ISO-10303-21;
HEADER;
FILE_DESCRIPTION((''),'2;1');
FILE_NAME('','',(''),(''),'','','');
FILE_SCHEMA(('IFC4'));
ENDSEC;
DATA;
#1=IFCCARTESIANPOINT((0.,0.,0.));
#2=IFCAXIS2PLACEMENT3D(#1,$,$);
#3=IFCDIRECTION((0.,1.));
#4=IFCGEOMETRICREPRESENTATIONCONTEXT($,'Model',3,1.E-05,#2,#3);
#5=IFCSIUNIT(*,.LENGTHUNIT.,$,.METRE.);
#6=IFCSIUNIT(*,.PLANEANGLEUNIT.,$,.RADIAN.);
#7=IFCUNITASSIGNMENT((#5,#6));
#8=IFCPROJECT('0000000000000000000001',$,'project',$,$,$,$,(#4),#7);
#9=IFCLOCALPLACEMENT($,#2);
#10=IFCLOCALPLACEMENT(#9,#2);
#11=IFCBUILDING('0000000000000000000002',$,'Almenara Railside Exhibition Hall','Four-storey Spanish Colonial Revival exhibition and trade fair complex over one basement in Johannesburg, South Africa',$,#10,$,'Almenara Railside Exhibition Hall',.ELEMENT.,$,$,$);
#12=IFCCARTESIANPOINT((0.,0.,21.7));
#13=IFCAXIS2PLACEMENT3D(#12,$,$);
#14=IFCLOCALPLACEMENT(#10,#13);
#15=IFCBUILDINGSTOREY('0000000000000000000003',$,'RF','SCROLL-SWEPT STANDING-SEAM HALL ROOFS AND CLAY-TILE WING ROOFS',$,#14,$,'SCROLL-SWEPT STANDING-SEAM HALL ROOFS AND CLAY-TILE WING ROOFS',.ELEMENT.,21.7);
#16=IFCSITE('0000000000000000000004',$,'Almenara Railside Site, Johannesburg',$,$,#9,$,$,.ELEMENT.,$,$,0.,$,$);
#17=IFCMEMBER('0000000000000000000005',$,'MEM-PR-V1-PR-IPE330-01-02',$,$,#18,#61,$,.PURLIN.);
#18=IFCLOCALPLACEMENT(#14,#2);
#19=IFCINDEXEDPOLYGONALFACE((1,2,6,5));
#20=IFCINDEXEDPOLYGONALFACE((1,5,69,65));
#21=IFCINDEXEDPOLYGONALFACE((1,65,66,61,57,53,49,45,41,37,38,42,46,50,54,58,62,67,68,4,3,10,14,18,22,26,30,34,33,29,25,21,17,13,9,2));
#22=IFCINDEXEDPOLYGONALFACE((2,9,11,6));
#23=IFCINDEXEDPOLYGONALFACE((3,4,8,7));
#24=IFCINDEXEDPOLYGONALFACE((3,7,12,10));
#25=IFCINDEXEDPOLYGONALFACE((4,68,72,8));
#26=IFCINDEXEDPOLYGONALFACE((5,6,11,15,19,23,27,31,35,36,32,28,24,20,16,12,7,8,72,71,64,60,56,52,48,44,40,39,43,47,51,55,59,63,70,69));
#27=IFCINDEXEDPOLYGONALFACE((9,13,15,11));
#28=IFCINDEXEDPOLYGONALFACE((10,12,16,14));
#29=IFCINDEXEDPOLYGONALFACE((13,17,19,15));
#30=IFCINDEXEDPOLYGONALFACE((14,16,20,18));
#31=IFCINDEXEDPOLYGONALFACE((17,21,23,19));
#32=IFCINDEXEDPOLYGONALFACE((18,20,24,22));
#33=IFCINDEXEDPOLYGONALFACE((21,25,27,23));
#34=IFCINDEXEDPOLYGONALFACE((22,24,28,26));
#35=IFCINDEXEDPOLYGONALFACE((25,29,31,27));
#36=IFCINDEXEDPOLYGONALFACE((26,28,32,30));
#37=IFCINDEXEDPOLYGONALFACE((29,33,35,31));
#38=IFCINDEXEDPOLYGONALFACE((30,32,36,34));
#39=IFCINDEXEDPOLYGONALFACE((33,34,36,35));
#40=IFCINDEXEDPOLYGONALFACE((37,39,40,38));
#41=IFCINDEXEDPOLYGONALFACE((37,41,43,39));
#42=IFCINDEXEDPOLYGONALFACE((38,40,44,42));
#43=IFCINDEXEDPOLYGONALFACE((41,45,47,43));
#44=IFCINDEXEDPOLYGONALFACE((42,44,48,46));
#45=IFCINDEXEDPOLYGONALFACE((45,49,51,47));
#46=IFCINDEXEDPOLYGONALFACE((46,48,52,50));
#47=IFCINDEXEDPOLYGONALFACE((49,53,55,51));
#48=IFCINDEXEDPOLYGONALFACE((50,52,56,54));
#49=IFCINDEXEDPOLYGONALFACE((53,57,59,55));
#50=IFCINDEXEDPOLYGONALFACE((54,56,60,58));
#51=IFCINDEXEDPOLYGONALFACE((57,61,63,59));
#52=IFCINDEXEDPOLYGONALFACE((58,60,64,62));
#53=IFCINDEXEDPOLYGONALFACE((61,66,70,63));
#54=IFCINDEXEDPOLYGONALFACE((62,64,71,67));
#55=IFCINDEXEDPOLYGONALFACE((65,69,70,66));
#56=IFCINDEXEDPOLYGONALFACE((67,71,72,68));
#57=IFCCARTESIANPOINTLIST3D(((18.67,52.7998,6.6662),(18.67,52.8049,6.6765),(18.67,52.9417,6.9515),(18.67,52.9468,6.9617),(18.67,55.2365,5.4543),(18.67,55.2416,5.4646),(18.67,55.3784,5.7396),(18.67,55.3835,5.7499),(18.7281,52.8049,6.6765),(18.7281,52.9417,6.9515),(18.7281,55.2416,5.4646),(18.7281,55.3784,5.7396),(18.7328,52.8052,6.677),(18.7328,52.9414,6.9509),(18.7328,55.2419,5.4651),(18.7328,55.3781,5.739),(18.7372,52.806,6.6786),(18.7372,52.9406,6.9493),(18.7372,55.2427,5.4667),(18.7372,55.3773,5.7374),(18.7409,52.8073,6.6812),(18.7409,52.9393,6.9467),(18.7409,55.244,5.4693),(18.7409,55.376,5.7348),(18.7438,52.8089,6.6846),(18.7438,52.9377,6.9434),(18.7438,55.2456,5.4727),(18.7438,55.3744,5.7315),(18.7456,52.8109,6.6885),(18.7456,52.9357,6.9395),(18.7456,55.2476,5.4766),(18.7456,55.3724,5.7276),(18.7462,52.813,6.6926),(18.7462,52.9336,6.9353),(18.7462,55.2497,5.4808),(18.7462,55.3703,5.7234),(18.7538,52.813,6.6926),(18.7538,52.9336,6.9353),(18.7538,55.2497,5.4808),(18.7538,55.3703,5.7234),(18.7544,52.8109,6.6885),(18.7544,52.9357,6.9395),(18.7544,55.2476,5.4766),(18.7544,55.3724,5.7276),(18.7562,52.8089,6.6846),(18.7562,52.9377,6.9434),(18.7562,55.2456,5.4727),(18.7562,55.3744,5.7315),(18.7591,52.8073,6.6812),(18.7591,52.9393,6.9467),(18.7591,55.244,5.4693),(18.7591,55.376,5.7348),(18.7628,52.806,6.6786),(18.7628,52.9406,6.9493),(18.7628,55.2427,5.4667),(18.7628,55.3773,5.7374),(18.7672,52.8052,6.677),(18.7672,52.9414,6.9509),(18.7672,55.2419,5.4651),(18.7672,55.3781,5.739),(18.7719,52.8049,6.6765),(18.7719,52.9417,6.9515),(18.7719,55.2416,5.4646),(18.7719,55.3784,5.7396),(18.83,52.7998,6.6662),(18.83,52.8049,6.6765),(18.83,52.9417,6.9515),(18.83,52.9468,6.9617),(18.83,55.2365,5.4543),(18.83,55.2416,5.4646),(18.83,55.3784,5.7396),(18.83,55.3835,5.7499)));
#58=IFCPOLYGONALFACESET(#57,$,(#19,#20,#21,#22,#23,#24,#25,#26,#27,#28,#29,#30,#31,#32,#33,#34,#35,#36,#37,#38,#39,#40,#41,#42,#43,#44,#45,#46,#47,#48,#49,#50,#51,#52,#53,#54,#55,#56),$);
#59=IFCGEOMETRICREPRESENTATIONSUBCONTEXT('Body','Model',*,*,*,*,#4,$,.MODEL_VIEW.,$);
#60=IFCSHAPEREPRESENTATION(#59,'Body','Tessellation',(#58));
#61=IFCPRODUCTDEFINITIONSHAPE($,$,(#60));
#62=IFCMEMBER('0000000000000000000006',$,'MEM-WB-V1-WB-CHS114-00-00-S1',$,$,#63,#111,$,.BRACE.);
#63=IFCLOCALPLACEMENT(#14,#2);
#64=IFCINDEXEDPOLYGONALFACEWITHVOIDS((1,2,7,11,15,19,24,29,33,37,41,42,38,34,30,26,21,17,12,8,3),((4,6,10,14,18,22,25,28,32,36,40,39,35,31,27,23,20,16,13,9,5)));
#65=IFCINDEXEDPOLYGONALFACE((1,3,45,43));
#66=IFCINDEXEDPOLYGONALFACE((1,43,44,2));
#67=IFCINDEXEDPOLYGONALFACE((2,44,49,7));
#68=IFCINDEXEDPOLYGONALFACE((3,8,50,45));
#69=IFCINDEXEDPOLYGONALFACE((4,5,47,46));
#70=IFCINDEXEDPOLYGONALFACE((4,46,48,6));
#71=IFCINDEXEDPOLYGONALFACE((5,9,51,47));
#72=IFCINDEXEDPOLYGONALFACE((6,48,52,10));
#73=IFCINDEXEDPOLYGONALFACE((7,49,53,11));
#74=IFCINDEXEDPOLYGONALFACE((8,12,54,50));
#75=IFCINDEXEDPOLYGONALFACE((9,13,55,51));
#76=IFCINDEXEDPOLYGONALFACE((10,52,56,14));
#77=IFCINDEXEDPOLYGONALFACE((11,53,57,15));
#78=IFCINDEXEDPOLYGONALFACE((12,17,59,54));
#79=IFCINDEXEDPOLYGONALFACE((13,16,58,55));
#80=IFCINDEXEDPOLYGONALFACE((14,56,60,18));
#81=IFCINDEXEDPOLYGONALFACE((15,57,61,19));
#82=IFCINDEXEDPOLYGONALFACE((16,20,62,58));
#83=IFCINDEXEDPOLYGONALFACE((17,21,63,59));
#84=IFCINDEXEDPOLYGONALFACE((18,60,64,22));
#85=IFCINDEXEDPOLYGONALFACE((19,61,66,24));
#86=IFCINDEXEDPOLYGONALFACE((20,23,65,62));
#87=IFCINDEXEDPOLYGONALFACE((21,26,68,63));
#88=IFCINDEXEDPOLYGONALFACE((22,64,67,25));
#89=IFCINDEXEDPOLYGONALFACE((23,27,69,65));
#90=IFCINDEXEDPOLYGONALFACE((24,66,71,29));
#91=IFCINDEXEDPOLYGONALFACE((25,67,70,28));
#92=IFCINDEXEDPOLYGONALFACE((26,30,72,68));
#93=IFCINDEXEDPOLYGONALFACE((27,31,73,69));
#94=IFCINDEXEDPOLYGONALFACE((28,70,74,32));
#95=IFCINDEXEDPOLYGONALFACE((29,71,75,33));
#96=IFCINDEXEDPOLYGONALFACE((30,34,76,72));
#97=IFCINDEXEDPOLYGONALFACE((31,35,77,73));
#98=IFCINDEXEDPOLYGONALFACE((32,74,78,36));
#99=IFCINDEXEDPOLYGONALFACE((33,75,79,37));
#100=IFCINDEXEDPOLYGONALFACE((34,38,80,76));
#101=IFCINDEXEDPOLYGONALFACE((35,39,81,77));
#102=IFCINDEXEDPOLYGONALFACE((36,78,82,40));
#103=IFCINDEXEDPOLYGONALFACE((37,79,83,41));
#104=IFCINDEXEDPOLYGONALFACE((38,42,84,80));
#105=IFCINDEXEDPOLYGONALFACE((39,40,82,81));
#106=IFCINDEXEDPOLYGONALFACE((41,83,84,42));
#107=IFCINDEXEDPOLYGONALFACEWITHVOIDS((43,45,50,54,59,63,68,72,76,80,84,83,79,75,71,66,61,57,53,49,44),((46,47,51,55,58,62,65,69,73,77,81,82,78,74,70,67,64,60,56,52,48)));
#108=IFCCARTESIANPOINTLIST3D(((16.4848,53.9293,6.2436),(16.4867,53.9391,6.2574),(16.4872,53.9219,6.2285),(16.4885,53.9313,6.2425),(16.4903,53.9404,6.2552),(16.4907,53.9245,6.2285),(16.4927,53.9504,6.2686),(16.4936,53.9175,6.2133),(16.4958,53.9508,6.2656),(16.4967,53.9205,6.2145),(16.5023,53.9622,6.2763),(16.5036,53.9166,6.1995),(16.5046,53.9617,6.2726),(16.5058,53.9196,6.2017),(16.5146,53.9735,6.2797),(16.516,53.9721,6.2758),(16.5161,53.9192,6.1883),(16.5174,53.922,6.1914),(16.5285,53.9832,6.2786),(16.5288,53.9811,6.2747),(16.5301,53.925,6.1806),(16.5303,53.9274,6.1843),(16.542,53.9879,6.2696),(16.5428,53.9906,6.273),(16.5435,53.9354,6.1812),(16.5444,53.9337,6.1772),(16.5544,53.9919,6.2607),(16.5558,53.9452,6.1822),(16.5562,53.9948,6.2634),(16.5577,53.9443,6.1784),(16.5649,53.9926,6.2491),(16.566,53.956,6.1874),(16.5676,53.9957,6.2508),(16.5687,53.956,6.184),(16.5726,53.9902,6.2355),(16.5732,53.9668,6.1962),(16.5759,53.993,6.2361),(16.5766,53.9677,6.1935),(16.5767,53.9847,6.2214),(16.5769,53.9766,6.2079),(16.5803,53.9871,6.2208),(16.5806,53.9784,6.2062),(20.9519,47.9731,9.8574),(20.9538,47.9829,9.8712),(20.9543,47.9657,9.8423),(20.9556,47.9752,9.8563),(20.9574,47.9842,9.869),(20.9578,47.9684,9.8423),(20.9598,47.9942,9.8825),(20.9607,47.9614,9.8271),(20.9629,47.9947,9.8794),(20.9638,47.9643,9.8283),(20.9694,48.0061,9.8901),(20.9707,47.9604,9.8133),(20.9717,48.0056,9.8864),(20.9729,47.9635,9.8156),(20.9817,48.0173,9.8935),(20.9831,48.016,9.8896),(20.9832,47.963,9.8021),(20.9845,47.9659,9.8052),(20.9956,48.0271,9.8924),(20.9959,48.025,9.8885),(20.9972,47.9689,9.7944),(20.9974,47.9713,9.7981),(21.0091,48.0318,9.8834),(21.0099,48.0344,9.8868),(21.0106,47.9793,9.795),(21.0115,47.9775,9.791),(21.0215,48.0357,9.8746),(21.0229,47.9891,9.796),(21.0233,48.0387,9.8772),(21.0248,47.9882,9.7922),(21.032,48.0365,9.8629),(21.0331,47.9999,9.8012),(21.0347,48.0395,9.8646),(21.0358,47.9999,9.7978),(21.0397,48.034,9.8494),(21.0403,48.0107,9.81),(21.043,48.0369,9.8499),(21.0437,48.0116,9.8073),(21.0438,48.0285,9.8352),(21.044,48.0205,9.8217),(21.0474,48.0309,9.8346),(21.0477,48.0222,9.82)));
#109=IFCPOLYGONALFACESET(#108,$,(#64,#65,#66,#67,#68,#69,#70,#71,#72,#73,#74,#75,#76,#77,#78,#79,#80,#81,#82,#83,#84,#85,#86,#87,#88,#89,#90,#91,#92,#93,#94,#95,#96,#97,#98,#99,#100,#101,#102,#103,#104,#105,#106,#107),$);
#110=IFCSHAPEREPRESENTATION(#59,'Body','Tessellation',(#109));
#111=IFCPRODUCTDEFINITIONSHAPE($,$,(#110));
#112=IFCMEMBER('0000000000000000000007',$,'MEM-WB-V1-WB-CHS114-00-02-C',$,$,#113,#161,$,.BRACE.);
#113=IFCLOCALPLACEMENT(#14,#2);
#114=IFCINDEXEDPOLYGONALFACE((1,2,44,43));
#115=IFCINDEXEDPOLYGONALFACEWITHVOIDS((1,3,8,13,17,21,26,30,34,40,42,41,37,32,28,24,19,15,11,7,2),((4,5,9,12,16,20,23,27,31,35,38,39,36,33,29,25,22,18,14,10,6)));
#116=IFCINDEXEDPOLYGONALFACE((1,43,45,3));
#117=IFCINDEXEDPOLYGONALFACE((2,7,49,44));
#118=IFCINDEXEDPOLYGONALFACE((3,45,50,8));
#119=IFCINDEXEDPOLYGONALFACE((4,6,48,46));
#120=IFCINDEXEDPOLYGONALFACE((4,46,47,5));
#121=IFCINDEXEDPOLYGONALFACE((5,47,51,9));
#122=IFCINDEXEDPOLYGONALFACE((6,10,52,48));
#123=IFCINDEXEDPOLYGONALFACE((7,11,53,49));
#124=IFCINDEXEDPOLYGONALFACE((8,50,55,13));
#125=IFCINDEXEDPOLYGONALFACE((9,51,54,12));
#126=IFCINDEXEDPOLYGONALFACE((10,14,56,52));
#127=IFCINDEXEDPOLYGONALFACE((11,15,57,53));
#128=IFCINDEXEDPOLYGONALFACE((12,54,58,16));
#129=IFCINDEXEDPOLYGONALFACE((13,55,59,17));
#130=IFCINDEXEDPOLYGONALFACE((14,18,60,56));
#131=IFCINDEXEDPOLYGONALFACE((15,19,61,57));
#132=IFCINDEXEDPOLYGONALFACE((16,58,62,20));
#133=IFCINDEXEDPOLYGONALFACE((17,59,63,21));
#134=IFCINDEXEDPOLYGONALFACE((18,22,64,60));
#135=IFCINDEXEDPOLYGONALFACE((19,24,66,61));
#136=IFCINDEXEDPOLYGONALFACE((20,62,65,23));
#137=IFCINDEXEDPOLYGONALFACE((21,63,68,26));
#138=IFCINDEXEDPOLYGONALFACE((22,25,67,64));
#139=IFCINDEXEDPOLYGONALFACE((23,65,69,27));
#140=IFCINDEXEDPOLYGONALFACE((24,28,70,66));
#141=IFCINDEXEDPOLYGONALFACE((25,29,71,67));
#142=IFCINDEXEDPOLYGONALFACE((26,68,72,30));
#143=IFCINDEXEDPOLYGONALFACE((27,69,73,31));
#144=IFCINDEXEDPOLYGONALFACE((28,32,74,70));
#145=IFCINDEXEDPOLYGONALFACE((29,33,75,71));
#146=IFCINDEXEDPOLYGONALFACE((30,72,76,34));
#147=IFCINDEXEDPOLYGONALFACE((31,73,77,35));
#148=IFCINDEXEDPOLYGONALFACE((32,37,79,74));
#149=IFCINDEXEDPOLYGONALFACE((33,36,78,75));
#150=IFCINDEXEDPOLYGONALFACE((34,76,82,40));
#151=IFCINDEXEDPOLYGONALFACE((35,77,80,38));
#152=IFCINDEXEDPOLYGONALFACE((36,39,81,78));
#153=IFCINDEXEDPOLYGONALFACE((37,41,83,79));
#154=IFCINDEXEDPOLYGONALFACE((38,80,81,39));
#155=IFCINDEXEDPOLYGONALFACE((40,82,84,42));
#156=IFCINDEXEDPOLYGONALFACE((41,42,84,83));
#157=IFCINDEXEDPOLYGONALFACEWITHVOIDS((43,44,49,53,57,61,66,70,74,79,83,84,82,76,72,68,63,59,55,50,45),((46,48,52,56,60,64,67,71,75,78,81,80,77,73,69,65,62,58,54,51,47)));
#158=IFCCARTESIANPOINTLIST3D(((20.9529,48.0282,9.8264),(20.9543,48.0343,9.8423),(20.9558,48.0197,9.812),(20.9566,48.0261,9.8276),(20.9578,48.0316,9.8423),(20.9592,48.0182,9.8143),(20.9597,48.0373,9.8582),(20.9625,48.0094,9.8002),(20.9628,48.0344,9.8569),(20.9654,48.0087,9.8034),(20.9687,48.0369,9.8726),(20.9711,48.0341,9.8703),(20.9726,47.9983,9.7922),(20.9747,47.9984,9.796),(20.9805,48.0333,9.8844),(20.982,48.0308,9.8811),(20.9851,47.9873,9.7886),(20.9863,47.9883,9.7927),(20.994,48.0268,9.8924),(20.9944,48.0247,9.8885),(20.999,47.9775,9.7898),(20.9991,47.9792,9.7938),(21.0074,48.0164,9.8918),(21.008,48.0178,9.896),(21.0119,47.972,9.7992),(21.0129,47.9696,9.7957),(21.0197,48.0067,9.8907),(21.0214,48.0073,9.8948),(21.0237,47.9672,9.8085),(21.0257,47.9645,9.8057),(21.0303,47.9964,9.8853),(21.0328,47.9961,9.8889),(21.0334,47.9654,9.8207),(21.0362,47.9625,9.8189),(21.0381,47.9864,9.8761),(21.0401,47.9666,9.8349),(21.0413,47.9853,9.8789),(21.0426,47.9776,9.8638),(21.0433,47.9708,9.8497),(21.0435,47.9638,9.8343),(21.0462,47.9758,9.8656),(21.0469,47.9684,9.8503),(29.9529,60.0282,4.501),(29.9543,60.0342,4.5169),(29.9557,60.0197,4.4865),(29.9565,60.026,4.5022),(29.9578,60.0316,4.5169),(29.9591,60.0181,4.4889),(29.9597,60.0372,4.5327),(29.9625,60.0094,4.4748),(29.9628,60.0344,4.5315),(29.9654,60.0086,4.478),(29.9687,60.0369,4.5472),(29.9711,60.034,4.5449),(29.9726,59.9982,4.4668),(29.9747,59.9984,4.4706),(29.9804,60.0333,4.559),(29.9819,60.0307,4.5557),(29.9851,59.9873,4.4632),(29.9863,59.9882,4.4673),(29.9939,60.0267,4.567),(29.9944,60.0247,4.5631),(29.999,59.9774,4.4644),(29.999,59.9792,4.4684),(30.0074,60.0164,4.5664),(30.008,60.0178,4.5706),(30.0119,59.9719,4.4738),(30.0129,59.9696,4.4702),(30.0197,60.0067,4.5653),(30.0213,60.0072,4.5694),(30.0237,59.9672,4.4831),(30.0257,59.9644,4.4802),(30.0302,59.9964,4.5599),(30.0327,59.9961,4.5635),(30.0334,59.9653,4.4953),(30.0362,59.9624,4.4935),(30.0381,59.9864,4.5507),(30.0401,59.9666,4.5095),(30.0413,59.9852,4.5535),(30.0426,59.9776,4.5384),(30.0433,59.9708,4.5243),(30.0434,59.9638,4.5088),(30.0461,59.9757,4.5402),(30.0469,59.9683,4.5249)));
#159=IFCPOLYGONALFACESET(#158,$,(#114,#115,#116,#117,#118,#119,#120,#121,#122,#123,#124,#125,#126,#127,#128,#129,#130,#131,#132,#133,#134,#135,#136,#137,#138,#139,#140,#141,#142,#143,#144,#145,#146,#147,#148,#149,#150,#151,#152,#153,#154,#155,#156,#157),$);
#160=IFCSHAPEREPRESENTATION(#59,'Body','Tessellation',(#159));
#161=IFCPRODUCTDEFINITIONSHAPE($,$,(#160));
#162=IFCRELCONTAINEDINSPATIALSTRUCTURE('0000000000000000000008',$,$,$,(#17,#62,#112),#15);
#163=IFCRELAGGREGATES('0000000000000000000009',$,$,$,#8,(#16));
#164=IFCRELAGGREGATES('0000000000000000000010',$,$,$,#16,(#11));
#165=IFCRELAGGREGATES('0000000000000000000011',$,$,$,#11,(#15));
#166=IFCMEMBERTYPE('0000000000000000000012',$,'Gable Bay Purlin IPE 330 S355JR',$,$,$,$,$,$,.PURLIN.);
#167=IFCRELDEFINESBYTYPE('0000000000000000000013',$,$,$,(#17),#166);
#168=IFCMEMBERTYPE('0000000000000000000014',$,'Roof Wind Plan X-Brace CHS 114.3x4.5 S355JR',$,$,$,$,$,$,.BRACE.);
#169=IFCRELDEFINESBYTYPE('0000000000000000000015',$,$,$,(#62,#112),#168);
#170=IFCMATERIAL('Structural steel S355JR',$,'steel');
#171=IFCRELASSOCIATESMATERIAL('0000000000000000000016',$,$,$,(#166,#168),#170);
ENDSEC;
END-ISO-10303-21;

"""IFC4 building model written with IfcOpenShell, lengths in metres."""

from ifc_helpers import new_model, si_unit, direction, frame, origin, origin_2d, place, context, subcontext, project, spatial, hollow_circle, i_section, extrude, material, material_profile, profile_set, type_object, element, save


model = new_model("IFC4")

# Units and contexts
model_context = context("Model", 3, precision=1e-05, world=origin(), true_north=direction((0.0, 1.0)))
body_context = subcontext(model_context, "Body", "Model", "MODEL_VIEW")
ifc_project = project(units=[si_unit("LENGTHUNIT", "METRE"), si_unit("PLANEANGLEUNIT", "RADIAN")], contexts=[model_context])

# Site, building, storey
site_placement = place(None, origin())
site = spatial("IfcSite", under=ifc_project, at=site_placement, Name="Almenara Railside Site, Johannesburg", CompositionType="ELEMENT", RefElevation=0.0)
building_placement = place(site_placement, origin())
building = spatial("IfcBuilding", under=site, at=building_placement, Name="Almenara Railside Exhibition Hall", Description="Four-storey Spanish Colonial Revival exhibition and trade fair complex over one basement in Johannesburg, South Africa", LongName="Almenara Railside Exhibition Hall", CompositionType="ELEMENT")
storey_placement = place(building_placement, frame((0.0, 0.0, 21.7)))
storey = spatial("IfcBuildingStorey", under=building, at=storey_placement, Name="RF", Description="SCROLL-SWEPT STANDING-SEAM HALL ROOFS AND CLAY-TILE WING ROOFS", LongName="SCROLL-SWEPT STANDING-SEAM HALL ROOFS AND CLAY-TILE WING ROOFS", CompositionType="ELEMENT", Elevation=21.7)

# Shared definitions
ifc_material_1 = material(Name="Structural steel S355JR", Category="steel")

# Members
ifc_material_profile_1 = material_profile(ifc_material_1, i_section(OverallWidth=0.1599, OverallDepth=0.3301, WebThickness=0.0076, FlangeThickness=0.0115, FilletRadius=0.0181, at=origin_2d()), Name="IPE 330")
ifc_profile_set_1 = profile_set([ifc_material_profile_1], Name="Structural steel S355JR")
member_type_1 = type_object("IfcMemberType", Name="Gable Bay Purlin IPE 330 S355JR", PredefinedType="PURLIN", material=ifc_profile_set_1)
member_1_placement = place(storey_placement, frame((18.75, 52.8733, 6.814), z_axis=(0.0, 0.895376, -0.445311), x_axis=(-1.0, 0.0, 0.0)))
element("IfcMember", 1, at=member_1_placement, inside=storey, type_object=member_type_1, Name="MEM-PR-V1-PR-IPE330-01-02", PredefinedType="PURLIN", context=body_context, shape_type="SweptSolid", body=[
    extrude(i_section(OverallWidth=0.1599, OverallDepth=0.3301, WebThickness=0.0076, FlangeThickness=0.0115, FilletRadius=0.0181, at=origin_2d()), origin(), (0.0, 0.0, 1.0), 2.7214),
])
ifc_material_profile_2 = material_profile(ifc_material_1, hollow_circle(Radius=0.0571, WallThickness=0.0044, at=origin_2d()), Name="CHS 114.3x4.5")
ifc_profile_set_2 = profile_set([ifc_material_profile_2], Name="Structural steel S355JR")
member_type_2 = type_object("IfcMemberType", Name="Roof Wind Plan X-Brace CHS 114.3x4.5 S355JR", PredefinedType="BRACE", material=ifc_profile_set_2)
member_2_placement = place(storey_placement, frame((21.0, 48.0, 9.8423), z_axis=(-0.539773, 0.719698, -0.436669), x_axis=(-0.8, -0.6, 0.0)))
element("IfcMember", 2, at=member_2_placement, inside=storey, type_object=member_type_2, Name="MEM-WB-V1-WB-CHS114-00-00-S1", PredefinedType="BRACE", context=body_context, shape_type="SweptSolid", body=[
    extrude(hollow_circle(Radius=0.0571, WallThickness=0.0044, at=origin_2d()), origin(), (0.0, 0.0, 1.0), 8.2759),
])
member_3_placement = place(storey_placement, frame((21.0, 48.0, 9.8423), z_axis=(0.565423, 0.753897, -0.334569), x_axis=(-0.8, 0.6, 0.0)))
element("IfcMember", 3, at=member_3_placement, inside=storey, type_object=member_type_2, Name="MEM-WB-V1-WB-CHS114-00-02-C", PredefinedType="BRACE", context=body_context, shape_type="SweptSolid", body=[
    extrude(hollow_circle(Radius=0.0571, WallThickness=0.0044, at=origin_2d()), origin(), (0.0, 0.0, 1.0), 15.9172),
])

save(model, "model.ifc")
